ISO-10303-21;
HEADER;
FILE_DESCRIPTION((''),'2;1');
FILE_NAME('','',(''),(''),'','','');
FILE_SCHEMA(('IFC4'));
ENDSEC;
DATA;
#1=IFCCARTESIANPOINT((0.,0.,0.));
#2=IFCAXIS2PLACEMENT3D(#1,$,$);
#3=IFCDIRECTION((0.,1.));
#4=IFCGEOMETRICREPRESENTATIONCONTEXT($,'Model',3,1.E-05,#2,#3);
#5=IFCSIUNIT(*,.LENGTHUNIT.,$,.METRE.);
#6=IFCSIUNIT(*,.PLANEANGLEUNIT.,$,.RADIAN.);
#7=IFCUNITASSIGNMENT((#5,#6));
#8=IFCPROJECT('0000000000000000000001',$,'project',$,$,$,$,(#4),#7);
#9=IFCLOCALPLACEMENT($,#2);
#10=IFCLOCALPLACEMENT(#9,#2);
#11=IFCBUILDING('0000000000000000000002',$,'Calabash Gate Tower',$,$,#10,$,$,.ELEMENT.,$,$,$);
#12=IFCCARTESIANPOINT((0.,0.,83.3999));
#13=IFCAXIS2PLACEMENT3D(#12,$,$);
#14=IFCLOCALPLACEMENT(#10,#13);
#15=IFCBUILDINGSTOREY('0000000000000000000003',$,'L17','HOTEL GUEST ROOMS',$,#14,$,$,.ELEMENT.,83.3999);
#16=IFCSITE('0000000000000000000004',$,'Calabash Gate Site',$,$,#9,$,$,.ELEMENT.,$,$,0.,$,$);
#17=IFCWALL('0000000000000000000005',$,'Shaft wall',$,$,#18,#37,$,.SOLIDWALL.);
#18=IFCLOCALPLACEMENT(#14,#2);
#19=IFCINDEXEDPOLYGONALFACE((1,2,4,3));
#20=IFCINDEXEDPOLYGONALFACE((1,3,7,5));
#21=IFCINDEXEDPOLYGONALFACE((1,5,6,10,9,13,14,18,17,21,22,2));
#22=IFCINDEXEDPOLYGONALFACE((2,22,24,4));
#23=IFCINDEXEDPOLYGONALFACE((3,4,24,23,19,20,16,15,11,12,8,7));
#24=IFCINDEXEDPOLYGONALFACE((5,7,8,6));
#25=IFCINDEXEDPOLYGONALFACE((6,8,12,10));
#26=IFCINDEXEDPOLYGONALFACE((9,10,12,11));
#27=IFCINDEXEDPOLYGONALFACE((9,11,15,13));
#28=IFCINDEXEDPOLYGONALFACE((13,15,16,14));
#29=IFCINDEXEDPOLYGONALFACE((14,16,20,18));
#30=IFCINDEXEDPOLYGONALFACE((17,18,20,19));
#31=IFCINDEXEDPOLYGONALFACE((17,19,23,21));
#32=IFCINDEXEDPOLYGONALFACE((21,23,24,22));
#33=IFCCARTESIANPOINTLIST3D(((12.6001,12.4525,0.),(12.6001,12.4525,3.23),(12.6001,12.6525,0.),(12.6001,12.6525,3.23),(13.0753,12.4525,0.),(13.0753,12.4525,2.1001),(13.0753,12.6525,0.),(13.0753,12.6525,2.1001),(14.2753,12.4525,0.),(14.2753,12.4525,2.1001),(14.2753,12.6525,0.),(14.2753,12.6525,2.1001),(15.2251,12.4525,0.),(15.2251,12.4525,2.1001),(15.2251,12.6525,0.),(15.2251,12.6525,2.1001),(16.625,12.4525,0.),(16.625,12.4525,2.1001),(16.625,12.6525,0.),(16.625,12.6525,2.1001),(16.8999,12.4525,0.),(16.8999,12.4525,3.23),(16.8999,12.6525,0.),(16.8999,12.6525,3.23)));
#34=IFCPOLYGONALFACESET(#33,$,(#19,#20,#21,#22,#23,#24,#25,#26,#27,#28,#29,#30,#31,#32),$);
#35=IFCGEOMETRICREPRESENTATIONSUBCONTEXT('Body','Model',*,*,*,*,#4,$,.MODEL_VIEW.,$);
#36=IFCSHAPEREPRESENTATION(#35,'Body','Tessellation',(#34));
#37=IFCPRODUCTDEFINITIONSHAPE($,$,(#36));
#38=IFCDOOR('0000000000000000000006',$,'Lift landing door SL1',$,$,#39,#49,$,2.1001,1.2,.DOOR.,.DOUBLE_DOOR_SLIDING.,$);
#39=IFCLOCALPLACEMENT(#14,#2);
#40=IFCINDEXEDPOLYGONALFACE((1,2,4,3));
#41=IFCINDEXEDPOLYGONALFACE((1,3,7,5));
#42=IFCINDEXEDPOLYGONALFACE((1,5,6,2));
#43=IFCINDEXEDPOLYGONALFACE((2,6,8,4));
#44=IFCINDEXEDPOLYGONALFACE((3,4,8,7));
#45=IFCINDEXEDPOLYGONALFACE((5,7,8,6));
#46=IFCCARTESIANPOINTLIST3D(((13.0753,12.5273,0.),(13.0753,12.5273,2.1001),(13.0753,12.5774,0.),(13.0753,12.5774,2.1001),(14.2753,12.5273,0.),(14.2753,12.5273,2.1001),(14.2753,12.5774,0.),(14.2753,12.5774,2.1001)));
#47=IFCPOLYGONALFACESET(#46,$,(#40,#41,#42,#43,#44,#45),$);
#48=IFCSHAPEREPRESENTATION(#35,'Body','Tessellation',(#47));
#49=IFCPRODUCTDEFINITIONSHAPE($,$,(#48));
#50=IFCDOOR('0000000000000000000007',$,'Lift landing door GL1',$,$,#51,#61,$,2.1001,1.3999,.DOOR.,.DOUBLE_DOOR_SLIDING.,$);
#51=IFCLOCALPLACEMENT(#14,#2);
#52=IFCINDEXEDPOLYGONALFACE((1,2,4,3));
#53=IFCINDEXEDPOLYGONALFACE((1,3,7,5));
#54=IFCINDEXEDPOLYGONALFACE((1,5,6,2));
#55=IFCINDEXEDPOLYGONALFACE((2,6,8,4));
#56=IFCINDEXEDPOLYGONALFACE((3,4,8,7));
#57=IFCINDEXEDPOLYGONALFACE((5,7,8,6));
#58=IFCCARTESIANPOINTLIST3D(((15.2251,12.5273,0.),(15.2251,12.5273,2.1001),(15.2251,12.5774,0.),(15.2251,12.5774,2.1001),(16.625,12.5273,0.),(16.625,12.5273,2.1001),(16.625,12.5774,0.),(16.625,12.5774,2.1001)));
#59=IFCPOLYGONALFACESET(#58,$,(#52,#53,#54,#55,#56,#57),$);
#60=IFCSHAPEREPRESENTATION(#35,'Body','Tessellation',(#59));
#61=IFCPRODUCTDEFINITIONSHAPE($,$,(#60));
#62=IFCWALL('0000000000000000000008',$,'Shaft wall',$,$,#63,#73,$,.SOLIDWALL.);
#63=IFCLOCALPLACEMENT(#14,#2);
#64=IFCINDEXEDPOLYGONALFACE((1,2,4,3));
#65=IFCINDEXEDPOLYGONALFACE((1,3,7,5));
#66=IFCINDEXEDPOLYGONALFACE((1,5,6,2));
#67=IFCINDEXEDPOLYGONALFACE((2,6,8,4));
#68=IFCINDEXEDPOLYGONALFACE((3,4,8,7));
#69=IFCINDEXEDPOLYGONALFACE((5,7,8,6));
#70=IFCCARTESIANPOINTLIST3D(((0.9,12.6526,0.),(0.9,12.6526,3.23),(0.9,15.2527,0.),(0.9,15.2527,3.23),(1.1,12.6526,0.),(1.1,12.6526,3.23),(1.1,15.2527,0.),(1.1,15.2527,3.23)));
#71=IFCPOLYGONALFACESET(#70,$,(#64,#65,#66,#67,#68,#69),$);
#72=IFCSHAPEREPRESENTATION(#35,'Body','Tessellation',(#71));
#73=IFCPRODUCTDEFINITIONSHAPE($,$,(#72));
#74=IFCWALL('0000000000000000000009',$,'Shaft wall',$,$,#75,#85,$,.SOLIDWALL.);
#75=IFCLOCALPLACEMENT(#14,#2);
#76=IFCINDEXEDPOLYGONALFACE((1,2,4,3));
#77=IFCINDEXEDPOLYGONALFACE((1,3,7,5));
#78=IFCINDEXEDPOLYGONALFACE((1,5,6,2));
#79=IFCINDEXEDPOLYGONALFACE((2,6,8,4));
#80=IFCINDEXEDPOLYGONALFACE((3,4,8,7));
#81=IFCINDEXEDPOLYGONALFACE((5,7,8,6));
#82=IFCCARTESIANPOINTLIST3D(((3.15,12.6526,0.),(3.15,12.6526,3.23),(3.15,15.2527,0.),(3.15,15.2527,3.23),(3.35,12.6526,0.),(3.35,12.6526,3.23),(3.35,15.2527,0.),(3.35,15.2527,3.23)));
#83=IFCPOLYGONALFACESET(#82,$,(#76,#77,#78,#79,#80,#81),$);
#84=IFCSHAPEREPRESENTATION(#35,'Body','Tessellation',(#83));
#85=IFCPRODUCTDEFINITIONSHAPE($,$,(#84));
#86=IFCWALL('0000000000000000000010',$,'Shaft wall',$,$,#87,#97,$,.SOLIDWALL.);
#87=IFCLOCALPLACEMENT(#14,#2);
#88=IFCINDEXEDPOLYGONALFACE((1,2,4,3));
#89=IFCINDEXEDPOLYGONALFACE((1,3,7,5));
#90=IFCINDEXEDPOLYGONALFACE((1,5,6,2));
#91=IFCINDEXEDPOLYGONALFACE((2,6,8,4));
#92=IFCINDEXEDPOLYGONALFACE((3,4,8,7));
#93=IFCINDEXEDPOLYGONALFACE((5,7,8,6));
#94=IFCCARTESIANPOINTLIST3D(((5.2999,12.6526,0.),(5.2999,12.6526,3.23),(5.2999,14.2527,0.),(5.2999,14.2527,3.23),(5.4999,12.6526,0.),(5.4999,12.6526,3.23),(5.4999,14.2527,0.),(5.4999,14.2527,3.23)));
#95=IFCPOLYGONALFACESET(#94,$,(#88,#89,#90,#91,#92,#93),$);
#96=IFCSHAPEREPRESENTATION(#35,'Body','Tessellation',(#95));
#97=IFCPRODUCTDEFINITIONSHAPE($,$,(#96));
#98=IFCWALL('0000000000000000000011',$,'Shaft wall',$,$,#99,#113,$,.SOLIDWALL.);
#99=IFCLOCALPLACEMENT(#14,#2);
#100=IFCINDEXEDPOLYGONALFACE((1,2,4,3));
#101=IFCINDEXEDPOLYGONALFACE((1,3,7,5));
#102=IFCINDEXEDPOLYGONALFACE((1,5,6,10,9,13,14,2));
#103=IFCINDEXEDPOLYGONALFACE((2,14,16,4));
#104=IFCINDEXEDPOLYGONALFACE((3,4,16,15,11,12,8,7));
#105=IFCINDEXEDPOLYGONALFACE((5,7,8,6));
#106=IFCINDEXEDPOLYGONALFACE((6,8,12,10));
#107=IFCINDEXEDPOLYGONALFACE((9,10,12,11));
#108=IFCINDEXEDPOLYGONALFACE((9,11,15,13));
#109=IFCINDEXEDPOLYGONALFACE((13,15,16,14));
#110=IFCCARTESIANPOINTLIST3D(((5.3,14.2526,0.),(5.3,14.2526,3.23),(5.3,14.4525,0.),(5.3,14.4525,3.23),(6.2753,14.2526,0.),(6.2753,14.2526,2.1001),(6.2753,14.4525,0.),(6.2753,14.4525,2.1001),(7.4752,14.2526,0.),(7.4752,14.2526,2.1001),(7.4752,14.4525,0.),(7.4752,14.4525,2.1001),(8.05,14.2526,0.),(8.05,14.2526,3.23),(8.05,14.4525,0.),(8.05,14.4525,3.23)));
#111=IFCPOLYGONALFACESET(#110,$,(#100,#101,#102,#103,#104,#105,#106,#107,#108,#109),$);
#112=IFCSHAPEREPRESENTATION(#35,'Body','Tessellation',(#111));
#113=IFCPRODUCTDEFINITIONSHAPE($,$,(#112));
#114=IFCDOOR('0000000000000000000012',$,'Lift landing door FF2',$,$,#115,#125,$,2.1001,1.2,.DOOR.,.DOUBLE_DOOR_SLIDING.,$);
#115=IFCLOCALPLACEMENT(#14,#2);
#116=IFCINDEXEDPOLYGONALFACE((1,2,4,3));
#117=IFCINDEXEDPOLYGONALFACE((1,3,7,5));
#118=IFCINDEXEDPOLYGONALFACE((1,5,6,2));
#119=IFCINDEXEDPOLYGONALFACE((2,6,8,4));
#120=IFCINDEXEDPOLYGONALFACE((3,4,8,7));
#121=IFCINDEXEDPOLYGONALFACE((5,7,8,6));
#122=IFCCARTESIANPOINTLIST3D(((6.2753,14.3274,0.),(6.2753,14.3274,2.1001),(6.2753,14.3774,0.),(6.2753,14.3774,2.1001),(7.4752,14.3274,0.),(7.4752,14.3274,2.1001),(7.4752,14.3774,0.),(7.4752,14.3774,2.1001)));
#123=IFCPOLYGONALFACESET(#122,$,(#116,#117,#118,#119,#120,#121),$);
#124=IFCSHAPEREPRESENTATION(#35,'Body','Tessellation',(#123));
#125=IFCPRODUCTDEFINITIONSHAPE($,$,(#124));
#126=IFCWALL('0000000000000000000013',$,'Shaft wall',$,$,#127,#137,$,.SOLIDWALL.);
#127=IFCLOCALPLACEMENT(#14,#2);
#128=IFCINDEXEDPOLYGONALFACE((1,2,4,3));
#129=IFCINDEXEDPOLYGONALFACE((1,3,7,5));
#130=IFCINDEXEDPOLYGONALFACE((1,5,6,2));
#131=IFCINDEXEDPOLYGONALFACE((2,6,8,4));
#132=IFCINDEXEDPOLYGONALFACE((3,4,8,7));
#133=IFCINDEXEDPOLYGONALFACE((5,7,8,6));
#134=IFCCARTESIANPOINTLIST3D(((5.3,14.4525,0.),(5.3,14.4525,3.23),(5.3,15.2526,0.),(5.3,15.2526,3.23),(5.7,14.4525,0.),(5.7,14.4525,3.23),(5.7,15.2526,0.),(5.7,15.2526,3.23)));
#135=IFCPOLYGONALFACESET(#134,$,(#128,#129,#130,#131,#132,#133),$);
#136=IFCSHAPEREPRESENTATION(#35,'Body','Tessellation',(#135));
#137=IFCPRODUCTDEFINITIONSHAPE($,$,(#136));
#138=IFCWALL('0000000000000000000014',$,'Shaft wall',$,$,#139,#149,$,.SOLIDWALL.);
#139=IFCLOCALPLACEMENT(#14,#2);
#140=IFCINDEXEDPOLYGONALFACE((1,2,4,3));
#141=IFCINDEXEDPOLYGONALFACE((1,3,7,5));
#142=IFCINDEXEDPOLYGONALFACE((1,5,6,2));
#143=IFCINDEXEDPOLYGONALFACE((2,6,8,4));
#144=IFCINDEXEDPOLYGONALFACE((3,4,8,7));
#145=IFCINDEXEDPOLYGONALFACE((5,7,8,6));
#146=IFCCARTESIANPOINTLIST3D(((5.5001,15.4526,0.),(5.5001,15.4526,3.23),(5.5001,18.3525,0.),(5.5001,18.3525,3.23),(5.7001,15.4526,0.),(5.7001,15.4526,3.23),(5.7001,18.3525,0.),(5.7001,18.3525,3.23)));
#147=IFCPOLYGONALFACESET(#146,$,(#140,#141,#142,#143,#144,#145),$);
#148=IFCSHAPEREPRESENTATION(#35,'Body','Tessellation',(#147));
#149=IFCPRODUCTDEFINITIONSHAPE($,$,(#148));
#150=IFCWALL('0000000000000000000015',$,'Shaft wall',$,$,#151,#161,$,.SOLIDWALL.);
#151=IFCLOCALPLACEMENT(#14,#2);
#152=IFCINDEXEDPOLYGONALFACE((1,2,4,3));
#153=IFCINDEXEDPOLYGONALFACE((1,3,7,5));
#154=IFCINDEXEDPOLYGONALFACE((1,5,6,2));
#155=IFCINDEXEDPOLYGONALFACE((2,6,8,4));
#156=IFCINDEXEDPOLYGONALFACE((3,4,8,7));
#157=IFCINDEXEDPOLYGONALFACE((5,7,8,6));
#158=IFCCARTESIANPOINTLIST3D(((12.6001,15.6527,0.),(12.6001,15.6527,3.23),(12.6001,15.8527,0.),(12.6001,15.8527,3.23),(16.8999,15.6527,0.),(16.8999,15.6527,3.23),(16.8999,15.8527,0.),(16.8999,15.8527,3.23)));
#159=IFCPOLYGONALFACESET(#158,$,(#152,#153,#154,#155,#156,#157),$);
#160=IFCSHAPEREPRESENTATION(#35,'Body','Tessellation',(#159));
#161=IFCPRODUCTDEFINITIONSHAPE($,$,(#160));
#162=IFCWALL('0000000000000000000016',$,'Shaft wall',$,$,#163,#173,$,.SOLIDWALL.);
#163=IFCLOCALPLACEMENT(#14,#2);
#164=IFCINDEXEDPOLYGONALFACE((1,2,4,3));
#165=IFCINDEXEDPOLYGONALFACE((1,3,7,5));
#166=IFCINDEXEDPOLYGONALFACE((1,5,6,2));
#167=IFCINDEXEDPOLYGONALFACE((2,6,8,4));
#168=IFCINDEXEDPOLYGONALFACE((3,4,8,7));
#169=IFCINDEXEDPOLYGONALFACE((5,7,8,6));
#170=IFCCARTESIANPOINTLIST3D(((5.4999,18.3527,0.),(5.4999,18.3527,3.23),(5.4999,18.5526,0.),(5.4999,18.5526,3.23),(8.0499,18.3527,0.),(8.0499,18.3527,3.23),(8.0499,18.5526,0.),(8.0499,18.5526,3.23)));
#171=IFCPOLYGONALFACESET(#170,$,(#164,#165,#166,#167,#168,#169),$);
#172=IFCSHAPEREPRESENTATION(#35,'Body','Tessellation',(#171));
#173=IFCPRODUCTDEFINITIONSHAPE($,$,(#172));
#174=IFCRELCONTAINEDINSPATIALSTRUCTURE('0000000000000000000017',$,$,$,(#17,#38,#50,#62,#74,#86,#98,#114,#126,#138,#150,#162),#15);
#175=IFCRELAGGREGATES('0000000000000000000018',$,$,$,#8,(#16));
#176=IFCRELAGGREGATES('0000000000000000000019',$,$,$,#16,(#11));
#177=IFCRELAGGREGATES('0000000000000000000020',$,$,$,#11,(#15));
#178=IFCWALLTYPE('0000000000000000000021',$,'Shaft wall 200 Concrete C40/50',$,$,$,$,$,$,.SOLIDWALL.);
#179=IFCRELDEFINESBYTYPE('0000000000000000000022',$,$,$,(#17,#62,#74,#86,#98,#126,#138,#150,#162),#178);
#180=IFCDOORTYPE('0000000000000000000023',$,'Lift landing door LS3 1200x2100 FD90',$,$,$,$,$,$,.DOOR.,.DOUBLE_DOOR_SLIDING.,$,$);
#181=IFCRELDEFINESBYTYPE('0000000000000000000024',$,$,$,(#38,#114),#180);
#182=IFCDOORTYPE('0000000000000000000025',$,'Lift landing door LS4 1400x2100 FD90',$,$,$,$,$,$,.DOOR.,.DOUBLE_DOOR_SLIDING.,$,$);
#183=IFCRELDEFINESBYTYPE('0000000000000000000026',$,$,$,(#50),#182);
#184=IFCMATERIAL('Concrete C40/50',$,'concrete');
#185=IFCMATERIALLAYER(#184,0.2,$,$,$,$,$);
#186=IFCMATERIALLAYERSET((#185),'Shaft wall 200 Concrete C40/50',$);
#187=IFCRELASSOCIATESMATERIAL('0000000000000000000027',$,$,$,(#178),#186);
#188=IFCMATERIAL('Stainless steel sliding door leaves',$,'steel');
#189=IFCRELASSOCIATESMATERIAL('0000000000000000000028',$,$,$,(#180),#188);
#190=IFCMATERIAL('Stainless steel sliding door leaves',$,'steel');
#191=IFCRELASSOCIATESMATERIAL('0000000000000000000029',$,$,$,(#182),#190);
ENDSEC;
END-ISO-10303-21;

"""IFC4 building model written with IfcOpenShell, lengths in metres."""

from ifc_helpers import new_model, si_unit, direction, frame, frame_2d, origin, place, context, subcontext, project, spatial, rectangle, extrude, material, layer, layer_set, type_object, element, fill, save


model = new_model("IFC4")

# Units and contexts
model_context = context("Model", 3, precision=1e-05, world=origin(), true_north=direction((0.0, 1.0)))
body_context = subcontext(model_context, "Body", "Model", "MODEL_VIEW")
ifc_project = project(units=[si_unit("LENGTHUNIT", "METRE"), si_unit("PLANEANGLEUNIT", "RADIAN")], contexts=[model_context])

# Site, building, storey
site_placement = place(None, origin())
site = spatial("IfcSite", under=ifc_project, at=site_placement, Name="Calabash Gate Site", CompositionType="ELEMENT", RefElevation=0.0)
building_placement = place(site_placement, origin())
building = spatial("IfcBuilding", under=site, at=building_placement, Name="Calabash Gate Tower", CompositionType="ELEMENT")
storey_placement = place(building_placement, frame((0.0, 0.0, 83.3999)))
storey = spatial("IfcBuildingStorey", under=building, at=storey_placement, Name="L17", Description="HOTEL GUEST ROOMS", CompositionType="ELEMENT", Elevation=83.3999)

# Shared definitions
ifc_material_1 = material(Name="Concrete C40/50", Category="concrete")
ifc_layer_1 = layer(ifc_material_1, 0.2)
ifc_layer_set_1 = layer_set([ifc_layer_1], Name="Shaft wall 200 Concrete C40/50")
wall_type_1 = type_object("IfcWallType", Name="Shaft wall 200 Concrete C40/50", PredefinedType="SOLIDWALL", material=ifc_layer_set_1)

# Wall, openings, doors
wall_1_placement = place(storey_placement, frame((12.6001, 12.5525, 0.0), z_axis=(0.0, 0.0, 1.0), x_axis=(1.0, 0.0, 0.0)))
wall_1 = element("IfcWall", 1, at=wall_1_placement, inside=storey, type_object=wall_type_1, Name="Shaft wall", PredefinedType="SOLIDWALL", context=body_context, shape_type="SweptSolid", body=[
    extrude(rectangle(XDim=4.2998, YDim=0.2, at=frame_2d((2.1499, 0.0))), origin(), (0.0, 0.0, 1.0), 3.23),
])
opening_1_placement = place(wall_1_placement, frame((0.4751, 0.0, 0.0)))
opening_1 = element("IfcOpeningElement", 2, at=opening_1_placement, cuts=wall_1, PredefinedType="OPENING", context=body_context, shape_type="SweptSolid", body=[
    extrude(rectangle(XDim=1.2, YDim=2.1001, at=frame_2d((0.6001, 1.05))), frame((0.0, 0.1099, 0.0), z_axis=(0.0, -1.0, 0.0), x_axis=(1.0, 0.0, 0.0)), (0.0, 0.0, 1.0), 0.22),
])
opening_2_placement = place(wall_1_placement, frame((2.625, 0.0, 0.0)))
opening_2 = element("IfcOpeningElement", 3, at=opening_2_placement, cuts=wall_1, PredefinedType="OPENING", context=body_context, shape_type="SweptSolid", body=[
    extrude(rectangle(XDim=1.3999, YDim=2.1001, at=frame_2d((0.7, 1.05))), frame((0.0, 0.1099, 0.0), z_axis=(0.0, -1.0, 0.0), x_axis=(1.0, 0.0, 0.0)), (0.0, 0.0, 1.0), 0.22),
])
ifc_material_2 = material(Name="Stainless steel sliding door leaves", Category="steel")
door_type_1 = type_object("IfcDoorType", Name="Lift landing door LS3 1200x2100 FD90", OperationType="DOUBLE_DOOR_SLIDING", PredefinedType="DOOR", material=ifc_material_2)
door_1_placement = place(opening_1_placement, origin())
door_1 = element("IfcDoor", 4, at=door_1_placement, inside=storey, type_object=door_type_1, Name="Lift landing door SL1", OperationType="DOUBLE_DOOR_SLIDING", OverallHeight=2.1001, OverallWidth=1.2, PredefinedType="DOOR", context=body_context, shape_type="SweptSolid", body=[
    extrude(rectangle(XDim=1.2, YDim=2.1001, at=frame_2d((0.6001, 1.05))), frame((0.0, 0.0249, 0.0), z_axis=(0.0, -1.0, 0.0), x_axis=(1.0, 0.0, 0.0)), (0.0, 0.0, 1.0), 0.05),
])
fill(opening_1, door_1)
ifc_material_3 = material(Name="Stainless steel sliding door leaves", Category="steel")
door_type_2 = type_object("IfcDoorType", Name="Lift landing door LS4 1400x2100 FD90", OperationType="DOUBLE_DOOR_SLIDING", PredefinedType="DOOR", material=ifc_material_3)
door_2_placement = place(opening_2_placement, origin())
door_2 = element("IfcDoor", 5, at=door_2_placement, inside=storey, type_object=door_type_2, Name="Lift landing door GL1", OperationType="DOUBLE_DOOR_SLIDING", OverallHeight=2.1001, OverallWidth=1.3999, PredefinedType="DOOR", context=body_context, shape_type="SweptSolid", body=[
    extrude(rectangle(XDim=1.3999, YDim=2.1001, at=frame_2d((0.7, 1.05))), frame((0.0, 0.0249, 0.0), z_axis=(0.0, -1.0, 0.0), x_axis=(1.0, 0.0, 0.0)), (0.0, 0.0, 1.0), 0.05),
])
fill(opening_2, door_2)

# Walls
for number, where, z_axis, x_axis, name in (
    (6, (1.0, 12.6526, 0.0), (0.0, 0.0, 1.0), (0.0, 1.0, 0.0), "Shaft wall"),
    (7, (3.25, 12.6526, 0.0), (0.0, 0.0, 1.0), (0.0, 1.0, 0.0), "Shaft wall"),
):
    element("IfcWall", number, at=place(storey_placement, frame(where, z_axis=z_axis, x_axis=x_axis)), inside=storey, type_object=wall_type_1, Name=name, PredefinedType="SOLIDWALL", context=body_context, shape_type="SweptSolid", body=[
        extrude(rectangle(XDim=2.6001, YDim=0.2, at=frame_2d((1.3, 0.0))), origin(), (0.0, 0.0, 1.0), 3.23),
    ])
wall_2_placement = place(storey_placement, frame((5.3999, 12.6526, 0.0), z_axis=(0.0, 0.0, 1.0), x_axis=(0.0, 1.0, 0.0)))
element("IfcWall", 8, at=wall_2_placement, inside=storey, type_object=wall_type_1, Name="Shaft wall", PredefinedType="SOLIDWALL", context=body_context, shape_type="SweptSolid", body=[
    extrude(rectangle(XDim=1.6001, YDim=0.2, at=frame_2d((0.8, 0.0))), origin(), (0.0, 0.0, 1.0), 3.23),
])

# Wall, opening, door
wall_3_placement = place(storey_placement, frame((5.3, 14.3525, 0.0), z_axis=(0.0, 0.0, 1.0), x_axis=(1.0, 0.0, 0.0)))
wall_3 = element("IfcWall", 9, at=wall_3_placement, inside=storey, type_object=wall_type_1, Name="Shaft wall", PredefinedType="SOLIDWALL", context=body_context, shape_type="SweptSolid", body=[
    extrude(rectangle(XDim=2.75, YDim=0.2, at=frame_2d((1.375, 0.0))), origin(), (0.0, 0.0, 1.0), 3.23),
])
opening_3_placement = place(wall_3_placement, frame((0.9751, 0.0, 0.0)))
opening_3 = element("IfcOpeningElement", 10, at=opening_3_placement, cuts=wall_3, PredefinedType="OPENING", context=body_context, shape_type="SweptSolid", body=[
    extrude(rectangle(XDim=1.2, YDim=2.1001, at=frame_2d((0.6001, 1.05))), frame((0.0, 0.1099, 0.0), z_axis=(0.0, -1.0, 0.0), x_axis=(1.0, 0.0, 0.0)), (0.0, 0.0, 1.0), 0.22),
])
door_3_placement = place(opening_3_placement, origin())
door_3 = element("IfcDoor", 11, at=door_3_placement, inside=storey, type_object=door_type_1, Name="Lift landing door FF2", OperationType="DOUBLE_DOOR_SLIDING", OverallHeight=2.1001, OverallWidth=1.2, PredefinedType="DOOR", context=body_context, shape_type="SweptSolid", body=[
    extrude(rectangle(XDim=1.2, YDim=2.1001, at=frame_2d((0.6001, 1.05))), frame((0.0, 0.0249, 0.0), z_axis=(0.0, -1.0, 0.0), x_axis=(1.0, 0.0, 0.0)), (0.0, 0.0, 1.0), 0.05),
])
fill(opening_3, door_3)

# Walls
wall_4_placement = place(storey_placement, frame((5.5, 14.4526, 0.0), z_axis=(0.0, 0.0, 1.0), x_axis=(0.0, 1.0, 0.0)))
element("IfcWall", 12, at=wall_4_placement, inside=storey, type_object=wall_type_1, Name="Shaft wall", PredefinedType="SOLIDWALL", context=body_context, shape_type="SweptSolid", body=[
    extrude(rectangle(XDim=0.8, YDim=0.3999, at=frame_2d((0.3999, 0.0))), origin(), (0.0, 0.0, 1.0), 3.23),
])
wall_5_placement = place(storey_placement, frame((5.6001, 15.4526, 0.0), z_axis=(0.0, 0.0, 1.0), x_axis=(0.0, 1.0, 0.0)))
element("IfcWall", 13, at=wall_5_placement, inside=storey, type_object=wall_type_1, Name="Shaft wall", PredefinedType="SOLIDWALL", context=body_context, shape_type="SweptSolid", body=[
    extrude(rectangle(XDim=2.8999, YDim=0.2, at=frame_2d((1.45, 0.0))), origin(), (0.0, 0.0, 1.0), 3.23),
])
wall_6_placement = place(storey_placement, frame((12.6001, 15.7527, 0.0), z_axis=(0.0, 0.0, 1.0), x_axis=(1.0, 0.0, 0.0)))
element("IfcWall", 14, at=wall_6_placement, inside=storey, type_object=wall_type_1, Name="Shaft wall", PredefinedType="SOLIDWALL", context=body_context, shape_type="SweptSolid", body=[
    extrude(rectangle(XDim=4.2998, YDim=0.2, at=frame_2d((2.1499, 0.0))), origin(), (0.0, 0.0, 1.0), 3.23),
])
wall_7_placement = place(storey_placement, frame((5.5, 18.4526, 0.0), z_axis=(0.0, 0.0, 1.0), x_axis=(1.0, 0.0, 0.0)))
element("IfcWall", 15, at=wall_7_placement, inside=storey, type_object=wall_type_1, Name="Shaft wall", PredefinedType="SOLIDWALL", context=body_context, shape_type="SweptSolid", body=[
    extrude(rectangle(XDim=2.55, YDim=0.2, at=frame_2d((1.2749, 0.0))), origin(), (0.0, 0.0, 1.0), 3.23),
])

save(model, "model.ifc")
